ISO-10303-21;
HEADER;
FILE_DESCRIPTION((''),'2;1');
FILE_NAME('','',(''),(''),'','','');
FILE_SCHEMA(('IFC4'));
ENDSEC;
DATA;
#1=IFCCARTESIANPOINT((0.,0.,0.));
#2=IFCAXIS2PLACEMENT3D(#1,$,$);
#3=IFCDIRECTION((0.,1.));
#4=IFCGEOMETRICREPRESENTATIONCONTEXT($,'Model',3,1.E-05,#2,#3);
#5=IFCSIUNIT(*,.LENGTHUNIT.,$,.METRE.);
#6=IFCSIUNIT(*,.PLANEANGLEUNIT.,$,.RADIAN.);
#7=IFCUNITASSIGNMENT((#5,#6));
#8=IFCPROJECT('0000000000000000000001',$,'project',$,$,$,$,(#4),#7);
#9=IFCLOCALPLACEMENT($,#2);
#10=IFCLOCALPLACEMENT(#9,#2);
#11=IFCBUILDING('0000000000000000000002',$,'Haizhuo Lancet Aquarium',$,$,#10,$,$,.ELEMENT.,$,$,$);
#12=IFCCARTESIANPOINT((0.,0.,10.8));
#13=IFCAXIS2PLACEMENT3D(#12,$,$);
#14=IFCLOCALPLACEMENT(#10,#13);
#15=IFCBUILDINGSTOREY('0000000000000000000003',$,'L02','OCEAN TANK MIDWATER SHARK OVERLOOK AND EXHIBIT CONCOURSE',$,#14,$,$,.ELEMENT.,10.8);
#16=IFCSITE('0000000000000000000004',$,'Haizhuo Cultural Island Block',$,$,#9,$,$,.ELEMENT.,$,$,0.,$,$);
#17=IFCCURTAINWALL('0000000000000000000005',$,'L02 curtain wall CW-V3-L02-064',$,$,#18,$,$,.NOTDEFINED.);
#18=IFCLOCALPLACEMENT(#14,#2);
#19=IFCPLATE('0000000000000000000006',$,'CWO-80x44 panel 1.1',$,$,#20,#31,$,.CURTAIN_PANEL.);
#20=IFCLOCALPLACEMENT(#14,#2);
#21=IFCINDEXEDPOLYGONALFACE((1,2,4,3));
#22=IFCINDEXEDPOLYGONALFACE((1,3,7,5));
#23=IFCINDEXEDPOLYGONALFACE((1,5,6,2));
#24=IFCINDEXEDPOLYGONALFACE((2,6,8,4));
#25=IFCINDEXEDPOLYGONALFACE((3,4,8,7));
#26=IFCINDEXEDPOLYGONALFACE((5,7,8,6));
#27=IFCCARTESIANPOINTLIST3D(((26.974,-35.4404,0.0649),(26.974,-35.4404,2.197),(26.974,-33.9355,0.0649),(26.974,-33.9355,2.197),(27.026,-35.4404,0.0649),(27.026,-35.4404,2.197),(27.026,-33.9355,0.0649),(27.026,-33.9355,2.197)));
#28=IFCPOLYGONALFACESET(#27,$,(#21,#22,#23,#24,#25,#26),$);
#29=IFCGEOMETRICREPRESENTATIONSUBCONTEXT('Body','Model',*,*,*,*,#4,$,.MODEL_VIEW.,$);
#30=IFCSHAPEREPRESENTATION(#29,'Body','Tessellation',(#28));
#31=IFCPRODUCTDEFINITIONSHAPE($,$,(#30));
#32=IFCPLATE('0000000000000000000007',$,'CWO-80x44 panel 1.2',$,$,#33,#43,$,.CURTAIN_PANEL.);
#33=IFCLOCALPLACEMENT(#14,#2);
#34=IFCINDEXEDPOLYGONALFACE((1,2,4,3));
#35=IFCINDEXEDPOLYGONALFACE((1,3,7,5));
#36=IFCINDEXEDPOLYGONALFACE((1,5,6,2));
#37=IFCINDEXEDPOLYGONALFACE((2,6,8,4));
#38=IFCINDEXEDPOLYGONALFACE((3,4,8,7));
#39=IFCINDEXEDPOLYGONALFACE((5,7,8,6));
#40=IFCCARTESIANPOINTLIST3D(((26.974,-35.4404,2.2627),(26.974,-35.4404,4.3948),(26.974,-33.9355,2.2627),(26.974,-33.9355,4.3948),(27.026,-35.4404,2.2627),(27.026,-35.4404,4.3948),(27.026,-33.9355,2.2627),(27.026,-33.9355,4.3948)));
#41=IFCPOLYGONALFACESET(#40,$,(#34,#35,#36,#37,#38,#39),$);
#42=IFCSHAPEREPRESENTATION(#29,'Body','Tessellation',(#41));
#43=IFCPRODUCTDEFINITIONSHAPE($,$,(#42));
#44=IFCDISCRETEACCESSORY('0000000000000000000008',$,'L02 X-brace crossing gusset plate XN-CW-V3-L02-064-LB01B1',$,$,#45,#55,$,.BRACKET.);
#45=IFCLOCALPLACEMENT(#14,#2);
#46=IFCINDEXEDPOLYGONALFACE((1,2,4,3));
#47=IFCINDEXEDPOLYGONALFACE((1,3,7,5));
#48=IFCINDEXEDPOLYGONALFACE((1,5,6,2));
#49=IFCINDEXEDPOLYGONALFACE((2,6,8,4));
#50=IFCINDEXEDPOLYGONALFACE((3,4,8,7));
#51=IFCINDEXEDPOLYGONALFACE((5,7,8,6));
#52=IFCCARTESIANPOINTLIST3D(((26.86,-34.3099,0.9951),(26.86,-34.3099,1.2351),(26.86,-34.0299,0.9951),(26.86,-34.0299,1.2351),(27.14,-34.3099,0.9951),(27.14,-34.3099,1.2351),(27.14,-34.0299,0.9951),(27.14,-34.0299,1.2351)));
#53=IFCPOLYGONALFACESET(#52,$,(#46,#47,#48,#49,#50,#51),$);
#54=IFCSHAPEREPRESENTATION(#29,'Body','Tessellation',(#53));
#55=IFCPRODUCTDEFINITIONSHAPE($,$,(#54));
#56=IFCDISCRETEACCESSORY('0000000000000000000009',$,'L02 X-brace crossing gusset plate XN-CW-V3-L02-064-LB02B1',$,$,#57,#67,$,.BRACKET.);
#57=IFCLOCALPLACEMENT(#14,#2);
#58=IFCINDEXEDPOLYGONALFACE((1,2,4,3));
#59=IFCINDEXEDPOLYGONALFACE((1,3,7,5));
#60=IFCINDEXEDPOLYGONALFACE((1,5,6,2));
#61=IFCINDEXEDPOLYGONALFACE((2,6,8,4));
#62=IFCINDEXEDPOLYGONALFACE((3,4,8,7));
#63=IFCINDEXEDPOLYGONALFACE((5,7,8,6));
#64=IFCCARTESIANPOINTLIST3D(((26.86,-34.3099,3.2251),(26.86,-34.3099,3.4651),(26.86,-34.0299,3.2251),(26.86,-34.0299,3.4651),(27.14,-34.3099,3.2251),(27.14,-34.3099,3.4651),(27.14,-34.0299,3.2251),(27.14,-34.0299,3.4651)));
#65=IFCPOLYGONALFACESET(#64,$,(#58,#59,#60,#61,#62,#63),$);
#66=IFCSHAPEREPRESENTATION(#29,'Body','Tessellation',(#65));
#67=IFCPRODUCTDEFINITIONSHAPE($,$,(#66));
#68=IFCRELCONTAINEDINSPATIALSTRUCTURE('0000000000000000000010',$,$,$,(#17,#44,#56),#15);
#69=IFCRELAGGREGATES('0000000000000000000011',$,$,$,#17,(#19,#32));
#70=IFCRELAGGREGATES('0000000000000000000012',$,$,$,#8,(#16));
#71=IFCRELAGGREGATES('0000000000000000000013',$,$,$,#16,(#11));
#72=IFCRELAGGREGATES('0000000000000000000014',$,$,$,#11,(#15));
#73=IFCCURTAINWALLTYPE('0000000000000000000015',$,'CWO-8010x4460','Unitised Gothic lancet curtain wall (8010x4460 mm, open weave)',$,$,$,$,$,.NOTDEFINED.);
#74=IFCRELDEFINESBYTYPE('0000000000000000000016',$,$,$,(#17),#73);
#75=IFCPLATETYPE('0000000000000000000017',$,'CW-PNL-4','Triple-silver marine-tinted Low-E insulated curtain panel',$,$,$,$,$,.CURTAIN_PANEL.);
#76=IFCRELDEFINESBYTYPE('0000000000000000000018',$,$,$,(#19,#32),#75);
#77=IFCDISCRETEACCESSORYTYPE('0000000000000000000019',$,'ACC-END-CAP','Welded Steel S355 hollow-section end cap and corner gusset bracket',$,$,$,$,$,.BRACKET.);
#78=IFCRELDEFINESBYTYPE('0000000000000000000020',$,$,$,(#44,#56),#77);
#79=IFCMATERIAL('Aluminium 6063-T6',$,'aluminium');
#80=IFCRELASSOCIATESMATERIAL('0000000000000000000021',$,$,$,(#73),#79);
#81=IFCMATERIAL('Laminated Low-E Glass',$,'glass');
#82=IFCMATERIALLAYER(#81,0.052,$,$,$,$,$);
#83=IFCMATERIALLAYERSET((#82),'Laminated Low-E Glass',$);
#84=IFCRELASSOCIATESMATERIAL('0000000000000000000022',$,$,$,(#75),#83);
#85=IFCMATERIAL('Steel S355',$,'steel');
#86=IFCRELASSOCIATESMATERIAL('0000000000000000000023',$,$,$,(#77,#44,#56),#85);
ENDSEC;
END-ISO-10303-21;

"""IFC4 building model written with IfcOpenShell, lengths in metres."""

from ifc_helpers import new_model, si_unit, direction, frame, origin, origin_2d, place, context, subcontext, project, spatial, rectangle, extrude, material, layer, layer_set, type_object, element, aggregate, save


model = new_model("IFC4")

# Units and contexts
model_context = context("Model", 3, precision=1e-05, world=origin(), true_north=direction((0.0, 1.0)))
body_context = subcontext(model_context, "Body", "Model", "MODEL_VIEW")
ifc_project = project(units=[si_unit("LENGTHUNIT", "METRE"), si_unit("PLANEANGLEUNIT", "RADIAN")], contexts=[model_context])

# Site, building, storey
site_placement = place(None, origin())
site = spatial("IfcSite", under=ifc_project, at=site_placement, Name="Haizhuo Cultural Island Block", CompositionType="ELEMENT", RefElevation=0.0)
building_placement = place(site_placement, origin())
building = spatial("IfcBuilding", under=site, at=building_placement, Name="Haizhuo Lancet Aquarium", CompositionType="ELEMENT")
storey_placement = place(building_placement, frame((0.0, 0.0, 10.8)))
storey = spatial("IfcBuildingStorey", under=building, at=storey_placement, Name="L02", Description="OCEAN TANK MIDWATER SHARK OVERLOOK AND EXHIBIT CONCOURSE", CompositionType="ELEMENT", Elevation=10.8)

# Shared definitions
ifc_material_1 = material(Name="Steel S355", Category="steel")

# Curtain wall
ifc_material_2 = material(Name="Aluminium 6063-T6", Category="aluminium")
curtain_wall_type_1 = type_object("IfcCurtainWallType", Name="CWO-8010x4460", Description="Unitised Gothic lancet curtain wall (8010x4460 mm, open weave)", PredefinedType="NOTDEFINED", material=ifc_material_2)
curtain_wall_1_placement = place(storey_placement, origin())
curtain_wall_1 = element("IfcCurtainWall", 1, at=curtain_wall_1_placement, inside=storey, type_object=curtain_wall_type_1, Name="L02 curtain wall CW-V3-L02-064", PredefinedType="NOTDEFINED")

# Plates
ifc_material_3 = material(Name="Laminated Low-E Glass", Category="glass")
ifc_layer_1 = layer(ifc_material_3, 0.052)
ifc_layer_set_1 = layer_set([ifc_layer_1], Name="Laminated Low-E Glass")
plate_type_1 = type_object("IfcPlateType", Name="CW-PNL-4", Description="Triple-silver marine-tinted Low-E insulated curtain panel", PredefinedType="CURTAIN_PANEL", material=ifc_layer_set_1)
plate_1_placement = place(storey_placement, frame((27.0, -34.688, 0.0649), z_axis=(0.0, 0.0, 1.0), x_axis=(0.0, 1.0, 0.0)))
plate_1 = element("IfcPlate", 2, at=plate_1_placement, type_object=plate_type_1, Name="CWO-80x44 panel 1.1", PredefinedType="CURTAIN_PANEL", context=body_context, shape_type="SweptSolid", body=[
    extrude(rectangle(XDim=1.5049, YDim=0.052, at=origin_2d()), origin(), (0.0, 0.0, 1.0), 2.1321),
])
plate_2_placement = place(storey_placement, frame((27.0, -34.688, 2.2627), z_axis=(0.0, 0.0, 1.0), x_axis=(0.0, 1.0, 0.0)))
plate_2 = element("IfcPlate", 3, at=plate_2_placement, type_object=plate_type_1, Name="CWO-80x44 panel 1.2", PredefinedType="CURTAIN_PANEL", context=body_context, shape_type="SweptSolid", body=[
    extrude(rectangle(XDim=1.5049, YDim=0.052, at=origin_2d()), origin(), (0.0, 0.0, 1.0), 2.1321),
])
aggregate(curtain_wall_1, [plate_1, plate_2])

# Discrete accessories
discrete_accessory_type = type_object("IfcDiscreteAccessoryType", Name="ACC-END-CAP", Description="Welded Steel S355 hollow-section end cap and corner gusset bracket", PredefinedType="BRACKET", material=ifc_material_1)
for number, where, z_axis, x_axis, name in (
    (4, (27.0, -34.1699, 0.9951), (0.0, 0.0, 1.0), (1.0, 0.0, 0.0), "L02 X-brace crossing gusset plate XN-CW-V3-L02-064-LB01B1"),
    (5, (27.0, -34.1699, 3.2251), (0.0, 0.0, 1.0), (1.0, 0.0, 0.0), "L02 X-brace crossing gusset plate XN-CW-V3-L02-064-LB02B1"),
):
    element("IfcDiscreteAccessory", number, at=place(storey_placement, frame(where, z_axis=z_axis, x_axis=x_axis)), inside=storey, type_object=discrete_accessory_type, material=ifc_material_1, Name=name, PredefinedType="BRACKET", context=body_context, shape_type="SweptSolid", body=[
        extrude(rectangle(XDim=0.28, YDim=0.28, at=origin_2d()), origin(), (0.0, 0.0, 1.0), 0.24),
    ])

save(model, "model.ifc")
